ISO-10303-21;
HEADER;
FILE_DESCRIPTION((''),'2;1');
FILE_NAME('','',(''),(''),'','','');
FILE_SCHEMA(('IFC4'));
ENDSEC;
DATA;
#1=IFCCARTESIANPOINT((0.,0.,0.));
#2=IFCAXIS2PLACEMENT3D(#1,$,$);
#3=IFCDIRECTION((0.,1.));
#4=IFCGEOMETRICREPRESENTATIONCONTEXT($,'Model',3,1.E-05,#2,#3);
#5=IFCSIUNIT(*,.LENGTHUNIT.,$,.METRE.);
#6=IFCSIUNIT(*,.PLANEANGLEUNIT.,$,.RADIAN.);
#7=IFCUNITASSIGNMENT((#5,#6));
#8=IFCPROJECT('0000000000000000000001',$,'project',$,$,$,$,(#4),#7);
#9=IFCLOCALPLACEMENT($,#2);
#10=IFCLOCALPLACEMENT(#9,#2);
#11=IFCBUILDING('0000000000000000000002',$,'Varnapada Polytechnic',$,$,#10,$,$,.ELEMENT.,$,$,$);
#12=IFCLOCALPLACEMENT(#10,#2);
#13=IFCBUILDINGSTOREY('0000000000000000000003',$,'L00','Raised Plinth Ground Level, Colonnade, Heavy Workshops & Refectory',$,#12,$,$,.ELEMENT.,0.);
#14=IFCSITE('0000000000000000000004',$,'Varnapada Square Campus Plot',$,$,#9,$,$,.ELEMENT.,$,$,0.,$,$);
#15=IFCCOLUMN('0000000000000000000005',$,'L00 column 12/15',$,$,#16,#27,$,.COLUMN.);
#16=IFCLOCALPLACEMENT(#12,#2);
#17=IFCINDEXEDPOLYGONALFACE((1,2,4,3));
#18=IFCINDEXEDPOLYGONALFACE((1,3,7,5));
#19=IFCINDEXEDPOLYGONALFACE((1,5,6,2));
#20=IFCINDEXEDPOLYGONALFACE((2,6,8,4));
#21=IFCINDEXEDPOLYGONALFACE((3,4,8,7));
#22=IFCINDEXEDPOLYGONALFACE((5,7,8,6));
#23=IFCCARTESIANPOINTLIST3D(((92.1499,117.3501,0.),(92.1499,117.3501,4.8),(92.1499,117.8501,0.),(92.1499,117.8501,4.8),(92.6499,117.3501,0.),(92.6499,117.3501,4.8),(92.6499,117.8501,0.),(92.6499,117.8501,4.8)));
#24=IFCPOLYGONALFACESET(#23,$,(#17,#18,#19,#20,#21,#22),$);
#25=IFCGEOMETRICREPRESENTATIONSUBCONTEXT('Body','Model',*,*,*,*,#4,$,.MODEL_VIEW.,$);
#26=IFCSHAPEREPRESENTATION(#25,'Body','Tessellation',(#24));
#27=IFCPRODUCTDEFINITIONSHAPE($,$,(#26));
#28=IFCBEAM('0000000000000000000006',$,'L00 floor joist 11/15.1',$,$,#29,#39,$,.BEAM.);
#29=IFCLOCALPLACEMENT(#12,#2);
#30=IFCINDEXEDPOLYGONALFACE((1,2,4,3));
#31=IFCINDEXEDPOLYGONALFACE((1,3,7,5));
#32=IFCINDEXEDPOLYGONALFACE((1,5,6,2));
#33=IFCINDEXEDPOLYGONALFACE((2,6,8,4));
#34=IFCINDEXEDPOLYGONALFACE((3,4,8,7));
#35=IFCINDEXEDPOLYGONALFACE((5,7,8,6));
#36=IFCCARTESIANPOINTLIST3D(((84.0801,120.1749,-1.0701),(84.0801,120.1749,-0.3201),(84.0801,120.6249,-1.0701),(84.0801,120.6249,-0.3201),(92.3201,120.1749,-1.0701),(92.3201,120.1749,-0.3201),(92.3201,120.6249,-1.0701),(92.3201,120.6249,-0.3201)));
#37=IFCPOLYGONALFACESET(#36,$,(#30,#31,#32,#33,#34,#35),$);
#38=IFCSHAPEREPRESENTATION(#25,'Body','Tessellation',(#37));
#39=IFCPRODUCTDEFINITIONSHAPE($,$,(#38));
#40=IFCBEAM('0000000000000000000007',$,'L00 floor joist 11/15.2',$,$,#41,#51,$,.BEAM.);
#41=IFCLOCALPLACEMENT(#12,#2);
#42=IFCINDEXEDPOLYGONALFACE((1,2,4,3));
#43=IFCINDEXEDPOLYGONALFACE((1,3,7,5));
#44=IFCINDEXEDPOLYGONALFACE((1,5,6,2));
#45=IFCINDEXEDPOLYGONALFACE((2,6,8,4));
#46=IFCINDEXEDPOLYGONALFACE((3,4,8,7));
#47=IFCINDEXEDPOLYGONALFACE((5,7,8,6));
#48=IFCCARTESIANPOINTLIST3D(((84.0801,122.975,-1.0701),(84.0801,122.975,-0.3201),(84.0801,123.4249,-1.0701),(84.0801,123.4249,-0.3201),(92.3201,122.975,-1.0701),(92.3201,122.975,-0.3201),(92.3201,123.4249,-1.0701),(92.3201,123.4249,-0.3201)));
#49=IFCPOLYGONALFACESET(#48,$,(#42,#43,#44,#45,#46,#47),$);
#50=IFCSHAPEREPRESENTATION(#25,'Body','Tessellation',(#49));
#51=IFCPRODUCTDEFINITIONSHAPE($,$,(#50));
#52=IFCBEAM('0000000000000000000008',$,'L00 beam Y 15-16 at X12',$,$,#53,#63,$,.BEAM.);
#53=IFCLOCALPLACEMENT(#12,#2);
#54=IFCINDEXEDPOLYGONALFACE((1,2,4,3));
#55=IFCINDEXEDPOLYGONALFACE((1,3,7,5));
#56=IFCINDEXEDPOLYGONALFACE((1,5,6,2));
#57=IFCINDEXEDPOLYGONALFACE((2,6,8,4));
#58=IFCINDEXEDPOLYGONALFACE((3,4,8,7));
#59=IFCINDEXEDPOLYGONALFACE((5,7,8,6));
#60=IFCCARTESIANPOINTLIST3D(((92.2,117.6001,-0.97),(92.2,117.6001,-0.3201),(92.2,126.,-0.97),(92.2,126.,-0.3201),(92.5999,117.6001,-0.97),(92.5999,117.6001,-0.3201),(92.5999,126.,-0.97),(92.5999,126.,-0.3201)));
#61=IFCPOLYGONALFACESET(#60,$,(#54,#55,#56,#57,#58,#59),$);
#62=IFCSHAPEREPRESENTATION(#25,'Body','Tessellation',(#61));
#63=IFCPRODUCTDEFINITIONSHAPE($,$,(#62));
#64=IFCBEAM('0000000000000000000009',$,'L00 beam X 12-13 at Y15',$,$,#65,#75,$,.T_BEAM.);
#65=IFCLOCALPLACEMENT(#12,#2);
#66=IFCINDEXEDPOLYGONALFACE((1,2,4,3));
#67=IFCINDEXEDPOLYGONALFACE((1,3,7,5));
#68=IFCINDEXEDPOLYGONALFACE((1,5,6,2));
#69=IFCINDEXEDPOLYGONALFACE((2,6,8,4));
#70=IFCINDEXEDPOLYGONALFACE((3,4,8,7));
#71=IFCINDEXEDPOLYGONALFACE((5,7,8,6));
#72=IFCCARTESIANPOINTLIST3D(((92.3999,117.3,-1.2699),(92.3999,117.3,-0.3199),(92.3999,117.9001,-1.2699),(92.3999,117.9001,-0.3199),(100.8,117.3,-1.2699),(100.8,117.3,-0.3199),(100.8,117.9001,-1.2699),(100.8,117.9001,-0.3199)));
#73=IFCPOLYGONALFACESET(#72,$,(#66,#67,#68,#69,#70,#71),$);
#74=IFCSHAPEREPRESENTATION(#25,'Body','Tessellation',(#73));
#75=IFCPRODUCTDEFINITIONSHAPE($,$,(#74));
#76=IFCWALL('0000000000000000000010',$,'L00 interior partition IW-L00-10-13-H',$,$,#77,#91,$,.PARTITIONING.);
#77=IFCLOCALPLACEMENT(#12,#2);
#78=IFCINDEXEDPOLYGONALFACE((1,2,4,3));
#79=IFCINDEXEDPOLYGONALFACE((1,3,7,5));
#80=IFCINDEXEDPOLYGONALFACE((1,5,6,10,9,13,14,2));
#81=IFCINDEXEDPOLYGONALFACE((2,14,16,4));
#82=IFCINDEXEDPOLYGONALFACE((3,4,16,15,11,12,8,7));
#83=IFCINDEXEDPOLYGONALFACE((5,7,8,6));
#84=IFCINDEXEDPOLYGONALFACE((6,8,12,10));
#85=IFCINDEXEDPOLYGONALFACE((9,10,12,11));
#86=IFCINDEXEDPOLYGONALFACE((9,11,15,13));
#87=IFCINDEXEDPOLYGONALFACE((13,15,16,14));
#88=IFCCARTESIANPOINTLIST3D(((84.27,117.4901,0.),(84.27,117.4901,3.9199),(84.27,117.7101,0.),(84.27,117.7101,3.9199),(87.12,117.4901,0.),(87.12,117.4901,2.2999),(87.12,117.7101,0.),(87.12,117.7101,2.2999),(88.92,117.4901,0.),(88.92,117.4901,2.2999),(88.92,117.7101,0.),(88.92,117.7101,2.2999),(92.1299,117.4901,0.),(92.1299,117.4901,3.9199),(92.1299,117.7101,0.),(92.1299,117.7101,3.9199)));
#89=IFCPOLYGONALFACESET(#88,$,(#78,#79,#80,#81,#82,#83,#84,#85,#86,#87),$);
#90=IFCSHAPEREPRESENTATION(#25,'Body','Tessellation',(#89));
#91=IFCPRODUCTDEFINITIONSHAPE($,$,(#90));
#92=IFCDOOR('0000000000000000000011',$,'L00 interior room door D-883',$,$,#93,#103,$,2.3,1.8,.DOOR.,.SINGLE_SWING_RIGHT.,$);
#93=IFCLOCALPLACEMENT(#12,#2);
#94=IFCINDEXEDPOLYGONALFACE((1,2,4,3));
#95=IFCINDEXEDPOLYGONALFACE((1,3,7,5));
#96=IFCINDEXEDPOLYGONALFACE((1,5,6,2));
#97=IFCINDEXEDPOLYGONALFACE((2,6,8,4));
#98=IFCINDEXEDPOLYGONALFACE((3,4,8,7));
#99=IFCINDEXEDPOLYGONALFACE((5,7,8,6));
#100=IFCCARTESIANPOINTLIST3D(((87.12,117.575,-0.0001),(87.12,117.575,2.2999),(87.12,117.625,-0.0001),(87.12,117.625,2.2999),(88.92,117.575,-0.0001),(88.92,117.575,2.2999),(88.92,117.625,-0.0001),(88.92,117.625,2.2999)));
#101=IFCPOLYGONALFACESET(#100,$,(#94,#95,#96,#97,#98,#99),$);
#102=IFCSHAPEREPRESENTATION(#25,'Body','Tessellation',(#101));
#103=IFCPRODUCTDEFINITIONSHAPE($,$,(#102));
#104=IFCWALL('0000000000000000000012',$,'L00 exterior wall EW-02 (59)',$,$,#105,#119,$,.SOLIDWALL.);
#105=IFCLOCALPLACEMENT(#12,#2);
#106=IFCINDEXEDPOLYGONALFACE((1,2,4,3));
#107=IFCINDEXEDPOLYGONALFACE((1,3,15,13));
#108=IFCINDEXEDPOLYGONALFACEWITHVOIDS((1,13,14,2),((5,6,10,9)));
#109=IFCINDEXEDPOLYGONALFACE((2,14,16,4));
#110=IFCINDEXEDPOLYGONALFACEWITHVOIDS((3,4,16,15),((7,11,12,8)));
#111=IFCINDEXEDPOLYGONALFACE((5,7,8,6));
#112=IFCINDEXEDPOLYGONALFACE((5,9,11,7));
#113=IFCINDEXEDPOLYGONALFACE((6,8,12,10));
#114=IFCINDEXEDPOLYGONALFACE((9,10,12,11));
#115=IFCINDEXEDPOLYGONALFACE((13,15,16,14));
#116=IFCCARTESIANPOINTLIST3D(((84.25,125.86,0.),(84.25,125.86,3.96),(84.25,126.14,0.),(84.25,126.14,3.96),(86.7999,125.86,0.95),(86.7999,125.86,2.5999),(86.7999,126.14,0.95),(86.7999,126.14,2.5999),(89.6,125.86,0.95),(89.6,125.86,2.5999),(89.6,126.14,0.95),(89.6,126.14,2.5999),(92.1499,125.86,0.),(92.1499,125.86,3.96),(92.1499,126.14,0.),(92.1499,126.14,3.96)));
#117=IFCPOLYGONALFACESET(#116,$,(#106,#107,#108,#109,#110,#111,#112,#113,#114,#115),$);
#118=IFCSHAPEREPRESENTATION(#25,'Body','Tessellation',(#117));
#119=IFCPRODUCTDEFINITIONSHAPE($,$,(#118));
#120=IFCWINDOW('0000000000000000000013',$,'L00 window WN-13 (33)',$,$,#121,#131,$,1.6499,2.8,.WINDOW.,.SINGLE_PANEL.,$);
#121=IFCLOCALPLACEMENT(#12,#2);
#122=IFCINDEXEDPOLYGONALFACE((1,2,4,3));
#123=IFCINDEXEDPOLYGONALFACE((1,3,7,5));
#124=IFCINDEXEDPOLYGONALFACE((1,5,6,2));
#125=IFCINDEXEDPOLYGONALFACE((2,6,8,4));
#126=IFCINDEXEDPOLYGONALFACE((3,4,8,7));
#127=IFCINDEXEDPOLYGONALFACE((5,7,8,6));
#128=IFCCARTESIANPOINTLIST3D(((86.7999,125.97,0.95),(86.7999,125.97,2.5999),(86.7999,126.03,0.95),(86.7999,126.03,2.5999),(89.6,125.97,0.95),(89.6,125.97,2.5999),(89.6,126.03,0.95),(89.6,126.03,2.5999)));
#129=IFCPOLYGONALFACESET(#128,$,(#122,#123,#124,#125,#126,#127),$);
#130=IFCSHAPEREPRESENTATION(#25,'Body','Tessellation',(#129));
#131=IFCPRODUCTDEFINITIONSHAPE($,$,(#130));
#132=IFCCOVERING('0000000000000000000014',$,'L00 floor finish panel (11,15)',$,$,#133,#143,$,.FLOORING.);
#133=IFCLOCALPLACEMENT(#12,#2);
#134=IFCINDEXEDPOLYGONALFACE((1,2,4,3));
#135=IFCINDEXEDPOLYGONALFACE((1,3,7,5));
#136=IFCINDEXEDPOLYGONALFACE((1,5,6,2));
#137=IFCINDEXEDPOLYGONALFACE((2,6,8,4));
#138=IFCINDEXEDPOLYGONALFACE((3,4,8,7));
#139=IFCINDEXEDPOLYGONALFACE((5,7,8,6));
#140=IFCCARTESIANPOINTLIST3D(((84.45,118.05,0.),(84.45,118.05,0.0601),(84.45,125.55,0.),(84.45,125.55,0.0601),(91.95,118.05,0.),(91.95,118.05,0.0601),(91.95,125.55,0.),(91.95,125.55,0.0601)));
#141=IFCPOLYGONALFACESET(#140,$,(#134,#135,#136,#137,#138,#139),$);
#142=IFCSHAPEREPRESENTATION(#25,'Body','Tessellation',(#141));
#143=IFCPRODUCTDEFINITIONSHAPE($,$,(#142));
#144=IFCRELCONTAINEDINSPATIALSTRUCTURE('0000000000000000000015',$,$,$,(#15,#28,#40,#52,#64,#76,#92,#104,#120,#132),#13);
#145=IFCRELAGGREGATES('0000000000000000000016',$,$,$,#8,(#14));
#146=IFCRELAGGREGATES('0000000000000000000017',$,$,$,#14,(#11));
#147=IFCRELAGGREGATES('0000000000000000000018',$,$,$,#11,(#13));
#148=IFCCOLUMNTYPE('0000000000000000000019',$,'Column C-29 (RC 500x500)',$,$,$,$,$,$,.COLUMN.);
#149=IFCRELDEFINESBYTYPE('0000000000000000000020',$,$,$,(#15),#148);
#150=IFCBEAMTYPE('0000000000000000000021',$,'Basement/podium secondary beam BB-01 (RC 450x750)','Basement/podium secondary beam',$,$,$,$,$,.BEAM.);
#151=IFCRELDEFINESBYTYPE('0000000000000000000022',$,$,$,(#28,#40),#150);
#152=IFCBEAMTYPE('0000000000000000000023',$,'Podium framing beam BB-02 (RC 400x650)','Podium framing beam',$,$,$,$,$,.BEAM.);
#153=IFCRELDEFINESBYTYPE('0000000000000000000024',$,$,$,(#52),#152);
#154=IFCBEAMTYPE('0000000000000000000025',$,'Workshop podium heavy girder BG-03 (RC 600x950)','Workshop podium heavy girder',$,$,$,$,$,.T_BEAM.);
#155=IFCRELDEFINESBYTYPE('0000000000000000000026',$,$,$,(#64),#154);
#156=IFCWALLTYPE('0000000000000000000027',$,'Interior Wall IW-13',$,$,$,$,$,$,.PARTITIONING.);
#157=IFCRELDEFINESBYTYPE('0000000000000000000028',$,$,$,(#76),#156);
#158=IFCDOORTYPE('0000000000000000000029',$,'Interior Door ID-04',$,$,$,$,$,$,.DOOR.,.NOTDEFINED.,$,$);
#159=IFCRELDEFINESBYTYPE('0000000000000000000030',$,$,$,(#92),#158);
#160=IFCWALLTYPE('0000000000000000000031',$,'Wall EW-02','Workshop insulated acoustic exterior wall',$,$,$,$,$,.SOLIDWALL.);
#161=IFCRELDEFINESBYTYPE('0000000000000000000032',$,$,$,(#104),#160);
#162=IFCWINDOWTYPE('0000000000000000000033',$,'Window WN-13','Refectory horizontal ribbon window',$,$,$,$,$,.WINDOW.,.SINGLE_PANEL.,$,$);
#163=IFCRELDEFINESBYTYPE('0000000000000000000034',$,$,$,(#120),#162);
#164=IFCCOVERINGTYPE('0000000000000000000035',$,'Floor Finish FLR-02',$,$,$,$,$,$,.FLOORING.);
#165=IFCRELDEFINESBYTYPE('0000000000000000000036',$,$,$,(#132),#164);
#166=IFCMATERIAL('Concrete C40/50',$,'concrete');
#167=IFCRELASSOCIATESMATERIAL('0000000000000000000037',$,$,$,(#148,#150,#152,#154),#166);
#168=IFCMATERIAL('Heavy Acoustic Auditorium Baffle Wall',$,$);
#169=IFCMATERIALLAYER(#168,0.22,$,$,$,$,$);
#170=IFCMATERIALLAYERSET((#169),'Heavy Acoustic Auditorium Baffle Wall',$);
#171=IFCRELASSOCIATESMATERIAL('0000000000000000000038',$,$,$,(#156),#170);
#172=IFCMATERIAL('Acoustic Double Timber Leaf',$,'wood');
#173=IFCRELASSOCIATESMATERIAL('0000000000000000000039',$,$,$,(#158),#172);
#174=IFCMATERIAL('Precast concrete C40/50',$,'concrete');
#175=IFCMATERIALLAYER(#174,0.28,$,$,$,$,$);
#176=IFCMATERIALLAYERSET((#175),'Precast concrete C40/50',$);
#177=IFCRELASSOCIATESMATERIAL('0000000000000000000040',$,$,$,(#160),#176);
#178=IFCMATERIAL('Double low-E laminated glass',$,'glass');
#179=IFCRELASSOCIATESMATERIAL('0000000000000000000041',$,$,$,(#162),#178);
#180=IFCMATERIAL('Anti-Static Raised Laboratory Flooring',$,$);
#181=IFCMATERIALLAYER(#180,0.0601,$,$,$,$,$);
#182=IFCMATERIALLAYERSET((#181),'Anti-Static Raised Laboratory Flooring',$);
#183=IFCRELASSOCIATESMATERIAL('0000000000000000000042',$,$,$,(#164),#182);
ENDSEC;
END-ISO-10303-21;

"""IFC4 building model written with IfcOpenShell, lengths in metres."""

from ifc_helpers import new_model, si_unit, direction, frame, frame_2d, origin, origin_2d, place, context, subcontext, project, spatial, rectangle, extrude, material, layer, layer_set, material_profile, profile_set, type_object, element, fill, save


model = new_model("IFC4")

# Units and contexts
model_context = context("Model", 3, precision=1e-05, world=origin(), true_north=direction((0.0, 1.0)))
body_context = subcontext(model_context, "Body", "Model", "MODEL_VIEW")
ifc_project = project(units=[si_unit("LENGTHUNIT", "METRE"), si_unit("PLANEANGLEUNIT", "RADIAN")], contexts=[model_context])

# Site, building, storey
site_placement = place(None, origin())
site = spatial("IfcSite", under=ifc_project, at=site_placement, Name="Varnapada Square Campus Plot", CompositionType="ELEMENT", RefElevation=0.0)
building_placement = place(site_placement, origin())
building = spatial("IfcBuilding", under=site, at=building_placement, Name="Varnapada Polytechnic", CompositionType="ELEMENT")
storey_placement = place(building_placement, origin())
storey = spatial("IfcBuildingStorey", under=building, at=storey_placement, Name="L00", Description="Raised Plinth Ground Level, Colonnade, Heavy Workshops & Refectory", CompositionType="ELEMENT", Elevation=0.0)

# Column
ifc_material_1 = material(Name="Concrete C40/50", Category="concrete")
ifc_material_profile_1 = material_profile(ifc_material_1, rectangle(XDim=0.5, YDim=0.5, at=origin_2d()), Name="RC 500x500")
ifc_profile_set_1 = profile_set([ifc_material_profile_1], Name="Concrete C40/50")
column_type = type_object("IfcColumnType", Name="Column C-29 (RC 500x500)", PredefinedType="COLUMN", material=ifc_profile_set_1)
column_placement = place(storey_placement, frame((92.3999, 117.6001, 0.0), z_axis=(0.0, 0.0, 1.0), x_axis=(1.0, 0.0, 0.0)))
element("IfcColumn", 1, at=column_placement, inside=storey, type_object=column_type, Name="L00 column 12/15", PredefinedType="COLUMN", context=body_context, shape_type="SweptSolid", body=[
    extrude(rectangle(XDim=0.5, YDim=0.5, at=origin_2d()), origin(), (0.0, 0.0, 1.0), 4.8),
])

# Beams
ifc_material_profile_2 = material_profile(ifc_material_1, rectangle(XDim=0.45, YDim=0.75, at=origin_2d()), Name="RC 450x750")
ifc_profile_set_2 = profile_set([ifc_material_profile_2], Name="Concrete C40/50")
beam_type_1 = type_object("IfcBeamType", Name="Basement/podium secondary beam BB-01 (RC 450x750)", Description="Basement/podium secondary beam", PredefinedType="BEAM", material=ifc_profile_set_2)
for number, where, z_axis, x_axis, name in (
    (2, (84.0801, 120.3999, -0.6951), (1.0, 0.0, 0.0), (0.0, 1.0, 0.0), "L00 floor joist 11/15.1"),
    (3, (84.0801, 123.2, -0.6951), (1.0, 0.0, 0.0), (0.0, 1.0, 0.0), "L00 floor joist 11/15.2"),
):
    element("IfcBeam", number, at=place(storey_placement, frame(where, z_axis=z_axis, x_axis=x_axis)), inside=storey, type_object=beam_type_1, Name=name, PredefinedType="BEAM", context=body_context, shape_type="SweptSolid", body=[
        extrude(rectangle(XDim=0.45, YDim=0.75, at=origin_2d()), origin(), (0.0, 0.0, 1.0), 8.24),
    ])
ifc_material_profile_3 = material_profile(ifc_material_1, rectangle(XDim=0.3999, YDim=0.6499, at=origin_2d()), Name="RC 400x650")
ifc_profile_set_3 = profile_set([ifc_material_profile_3], Name="Concrete C40/50")
beam_type_2 = type_object("IfcBeamType", Name="Podium framing beam BB-02 (RC 400x650)", Description="Podium framing beam", PredefinedType="BEAM", material=ifc_profile_set_3)
beam_1_placement = place(storey_placement, frame((92.3999, 117.6001, -0.645), z_axis=(0.0, 1.0, 0.0), x_axis=(-1.0, 0.0, 0.0)))
element("IfcBeam", 4, at=beam_1_placement, inside=storey, type_object=beam_type_2, Name="L00 beam Y 15-16 at X12", PredefinedType="BEAM", context=body_context, shape_type="SweptSolid", body=[
    extrude(rectangle(XDim=0.3999, YDim=0.6499, at=origin_2d()), origin(), (0.0, 0.0, 1.0), 8.3999),
])
ifc_material_profile_4 = material_profile(ifc_material_1, rectangle(XDim=0.6001, YDim=0.95, at=origin_2d()), Name="RC 600x950")
ifc_profile_set_4 = profile_set([ifc_material_profile_4], Name="Concrete C40/50")
beam_type_3 = type_object("IfcBeamType", Name="Workshop podium heavy girder BG-03 (RC 600x950)", Description="Workshop podium heavy girder", PredefinedType="T_BEAM", material=ifc_profile_set_4)
beam_2_placement = place(storey_placement, frame((92.3999, 117.6001, -0.7949), z_axis=(1.0, 0.0, 0.0), x_axis=(0.0, 1.0, 0.0)))
element("IfcBeam", 5, at=beam_2_placement, inside=storey, type_object=beam_type_3, Name="L00 beam X 12-13 at Y15", PredefinedType="T_BEAM", context=body_context, shape_type="SweptSolid", body=[
    extrude(rectangle(XDim=0.6001, YDim=0.95, at=origin_2d()), origin(), (0.0, 0.0, 1.0), 8.4001),
])

# Wall, opening, door
ifc_material_2 = material(Name="Heavy Acoustic Auditorium Baffle Wall")
ifc_layer_1 = layer(ifc_material_2, 0.22)
ifc_layer_set_1 = layer_set([ifc_layer_1], Name="Heavy Acoustic Auditorium Baffle Wall")
wall_type_1 = type_object("IfcWallType", Name="Interior Wall IW-13", PredefinedType="PARTITIONING", material=ifc_layer_set_1)
wall_1_placement = place(storey_placement, frame((84.27, 117.6001, 0.0), z_axis=(0.0, 0.0, 1.0), x_axis=(1.0, 0.0, 0.0)))
wall_1 = element("IfcWall", 6, at=wall_1_placement, inside=storey, type_object=wall_type_1, Name="L00 interior partition IW-L00-10-13-H", PredefinedType="PARTITIONING", context=body_context, shape_type="SweptSolid", body=[
    extrude(rectangle(XDim=7.8599, YDim=0.22, at=frame_2d((3.9299, 0.0))), origin(), (0.0, 0.0, 1.0), 3.9199),
])
opening_1_placement = place(wall_1_placement, frame((2.8501, 0.0, 0.0)))
opening_1 = element("IfcOpeningElement", 7, at=opening_1_placement, cuts=wall_1, PredefinedType="OPENING", context=body_context, shape_type="SweptSolid", body=[
    extrude(rectangle(XDim=1.8, YDim=2.3, at=frame_2d((0.8999, 1.1499))), frame((0.0, 0.1199, 0.0), z_axis=(0.0, -1.0, 0.0), x_axis=(1.0, 0.0, 0.0)), (0.0, 0.0, 1.0), 0.24),
])
ifc_material_3 = material(Name="Acoustic Double Timber Leaf", Category="wood")
door_type = type_object("IfcDoorType", Name="Interior Door ID-04", OperationType="NOTDEFINED", PredefinedType="DOOR", material=ifc_material_3)
door_placement = place(opening_1_placement, origin())
door = element("IfcDoor", 8, at=door_placement, inside=storey, type_object=door_type, Name="L00 interior room door D-883", OperationType="SINGLE_SWING_RIGHT", OverallHeight=2.3, OverallWidth=1.8, PredefinedType="DOOR", context=body_context, shape_type="SweptSolid", body=[
    extrude(rectangle(XDim=1.8, YDim=2.3, at=frame_2d((0.8999, 1.1499))), frame((0.0, 0.0249, 0.0), z_axis=(0.0, -1.0, 0.0), x_axis=(1.0, 0.0, 0.0)), (0.0, 0.0, 1.0), 0.05),
])
fill(opening_1, door)

# Wall, opening, window
ifc_material_4 = material(Name="Precast concrete C40/50", Category="concrete")
ifc_layer_2 = layer(ifc_material_4, 0.28)
ifc_layer_set_2 = layer_set([ifc_layer_2], Name="Precast concrete C40/50")
wall_type_2 = type_object("IfcWallType", Name="Wall EW-02", Description="Workshop insulated acoustic exterior wall", PredefinedType="SOLIDWALL", material=ifc_layer_set_2)
wall_2_placement = place(storey_placement, frame((84.25, 126.0, 0.0), z_axis=(0.0, 0.0, 1.0), x_axis=(1.0, 0.0, 0.0)))
wall_2 = element("IfcWall", 9, at=wall_2_placement, inside=storey, type_object=wall_type_2, Name="L00 exterior wall EW-02 (59)", PredefinedType="SOLIDWALL", context=body_context, shape_type="SweptSolid", body=[
    extrude(rectangle(XDim=7.8999, YDim=0.28, at=frame_2d((3.95, 0.0))), origin(), (0.0, 0.0, 1.0), 3.96),
])
opening_2_placement = place(wall_2_placement, frame((2.55, 0.0, 0.95)))
opening_2 = element("IfcOpeningElement", 10, at=opening_2_placement, cuts=wall_2, PredefinedType="OPENING", context=body_context, shape_type="SweptSolid", body=[
    extrude(rectangle(XDim=2.8, YDim=1.6499, at=frame_2d((1.3999, 0.825))), frame((0.0, 0.1499, 0.0), z_axis=(0.0, -1.0, 0.0), x_axis=(1.0, 0.0, 0.0)), (0.0, 0.0, 1.0), 0.3),
])
ifc_material_5 = material(Name="Double low-E laminated glass", Category="glass")
window_type = type_object("IfcWindowType", Name="Window WN-13", Description="Refectory horizontal ribbon window", PartitioningType="SINGLE_PANEL", PredefinedType="WINDOW", material=ifc_material_5)
window_placement = place(opening_2_placement, origin())
window = element("IfcWindow", 11, at=window_placement, inside=storey, type_object=window_type, Name="L00 window WN-13 (33)", OverallHeight=1.6499, OverallWidth=2.8, PartitioningType="SINGLE_PANEL", PredefinedType="WINDOW", context=body_context, shape_type="SweptSolid", body=[
    extrude(rectangle(XDim=2.8, YDim=1.6499, at=frame_2d((1.3999, 0.825))), frame((0.0, 0.03, 0.0), z_axis=(0.0, -1.0, 0.0), x_axis=(1.0, 0.0, 0.0)), (0.0, 0.0, 1.0), 0.0601),
])
fill(opening_2, window)

# Covering
ifc_material_6 = material(Name="Anti-Static Raised Laboratory Flooring")
ifc_layer_3 = layer(ifc_material_6, 0.0601)
ifc_layer_set_3 = layer_set([ifc_layer_3], Name="Anti-Static Raised Laboratory Flooring")
covering_type_1 = type_object("IfcCoveringType", Name="Floor Finish FLR-02", PredefinedType="FLOORING", material=ifc_layer_set_3)
covering_1_placement = place(storey_placement, frame((88.2, 121.8, 0.0), z_axis=(0.0, 0.0, 1.0), x_axis=(1.0, 0.0, 0.0)))
element("IfcCovering", 12, at=covering_1_placement, inside=storey, type_object=covering_type_1, Name="L00 floor finish panel (11,15)", PredefinedType="FLOORING", context=body_context, shape_type="SweptSolid", body=[
    extrude(rectangle(XDim=7.5, YDim=7.5, at=origin_2d()), origin(), (0.0, 0.0, 1.0), 0.0601),
])

save(model, "model.ifc")
